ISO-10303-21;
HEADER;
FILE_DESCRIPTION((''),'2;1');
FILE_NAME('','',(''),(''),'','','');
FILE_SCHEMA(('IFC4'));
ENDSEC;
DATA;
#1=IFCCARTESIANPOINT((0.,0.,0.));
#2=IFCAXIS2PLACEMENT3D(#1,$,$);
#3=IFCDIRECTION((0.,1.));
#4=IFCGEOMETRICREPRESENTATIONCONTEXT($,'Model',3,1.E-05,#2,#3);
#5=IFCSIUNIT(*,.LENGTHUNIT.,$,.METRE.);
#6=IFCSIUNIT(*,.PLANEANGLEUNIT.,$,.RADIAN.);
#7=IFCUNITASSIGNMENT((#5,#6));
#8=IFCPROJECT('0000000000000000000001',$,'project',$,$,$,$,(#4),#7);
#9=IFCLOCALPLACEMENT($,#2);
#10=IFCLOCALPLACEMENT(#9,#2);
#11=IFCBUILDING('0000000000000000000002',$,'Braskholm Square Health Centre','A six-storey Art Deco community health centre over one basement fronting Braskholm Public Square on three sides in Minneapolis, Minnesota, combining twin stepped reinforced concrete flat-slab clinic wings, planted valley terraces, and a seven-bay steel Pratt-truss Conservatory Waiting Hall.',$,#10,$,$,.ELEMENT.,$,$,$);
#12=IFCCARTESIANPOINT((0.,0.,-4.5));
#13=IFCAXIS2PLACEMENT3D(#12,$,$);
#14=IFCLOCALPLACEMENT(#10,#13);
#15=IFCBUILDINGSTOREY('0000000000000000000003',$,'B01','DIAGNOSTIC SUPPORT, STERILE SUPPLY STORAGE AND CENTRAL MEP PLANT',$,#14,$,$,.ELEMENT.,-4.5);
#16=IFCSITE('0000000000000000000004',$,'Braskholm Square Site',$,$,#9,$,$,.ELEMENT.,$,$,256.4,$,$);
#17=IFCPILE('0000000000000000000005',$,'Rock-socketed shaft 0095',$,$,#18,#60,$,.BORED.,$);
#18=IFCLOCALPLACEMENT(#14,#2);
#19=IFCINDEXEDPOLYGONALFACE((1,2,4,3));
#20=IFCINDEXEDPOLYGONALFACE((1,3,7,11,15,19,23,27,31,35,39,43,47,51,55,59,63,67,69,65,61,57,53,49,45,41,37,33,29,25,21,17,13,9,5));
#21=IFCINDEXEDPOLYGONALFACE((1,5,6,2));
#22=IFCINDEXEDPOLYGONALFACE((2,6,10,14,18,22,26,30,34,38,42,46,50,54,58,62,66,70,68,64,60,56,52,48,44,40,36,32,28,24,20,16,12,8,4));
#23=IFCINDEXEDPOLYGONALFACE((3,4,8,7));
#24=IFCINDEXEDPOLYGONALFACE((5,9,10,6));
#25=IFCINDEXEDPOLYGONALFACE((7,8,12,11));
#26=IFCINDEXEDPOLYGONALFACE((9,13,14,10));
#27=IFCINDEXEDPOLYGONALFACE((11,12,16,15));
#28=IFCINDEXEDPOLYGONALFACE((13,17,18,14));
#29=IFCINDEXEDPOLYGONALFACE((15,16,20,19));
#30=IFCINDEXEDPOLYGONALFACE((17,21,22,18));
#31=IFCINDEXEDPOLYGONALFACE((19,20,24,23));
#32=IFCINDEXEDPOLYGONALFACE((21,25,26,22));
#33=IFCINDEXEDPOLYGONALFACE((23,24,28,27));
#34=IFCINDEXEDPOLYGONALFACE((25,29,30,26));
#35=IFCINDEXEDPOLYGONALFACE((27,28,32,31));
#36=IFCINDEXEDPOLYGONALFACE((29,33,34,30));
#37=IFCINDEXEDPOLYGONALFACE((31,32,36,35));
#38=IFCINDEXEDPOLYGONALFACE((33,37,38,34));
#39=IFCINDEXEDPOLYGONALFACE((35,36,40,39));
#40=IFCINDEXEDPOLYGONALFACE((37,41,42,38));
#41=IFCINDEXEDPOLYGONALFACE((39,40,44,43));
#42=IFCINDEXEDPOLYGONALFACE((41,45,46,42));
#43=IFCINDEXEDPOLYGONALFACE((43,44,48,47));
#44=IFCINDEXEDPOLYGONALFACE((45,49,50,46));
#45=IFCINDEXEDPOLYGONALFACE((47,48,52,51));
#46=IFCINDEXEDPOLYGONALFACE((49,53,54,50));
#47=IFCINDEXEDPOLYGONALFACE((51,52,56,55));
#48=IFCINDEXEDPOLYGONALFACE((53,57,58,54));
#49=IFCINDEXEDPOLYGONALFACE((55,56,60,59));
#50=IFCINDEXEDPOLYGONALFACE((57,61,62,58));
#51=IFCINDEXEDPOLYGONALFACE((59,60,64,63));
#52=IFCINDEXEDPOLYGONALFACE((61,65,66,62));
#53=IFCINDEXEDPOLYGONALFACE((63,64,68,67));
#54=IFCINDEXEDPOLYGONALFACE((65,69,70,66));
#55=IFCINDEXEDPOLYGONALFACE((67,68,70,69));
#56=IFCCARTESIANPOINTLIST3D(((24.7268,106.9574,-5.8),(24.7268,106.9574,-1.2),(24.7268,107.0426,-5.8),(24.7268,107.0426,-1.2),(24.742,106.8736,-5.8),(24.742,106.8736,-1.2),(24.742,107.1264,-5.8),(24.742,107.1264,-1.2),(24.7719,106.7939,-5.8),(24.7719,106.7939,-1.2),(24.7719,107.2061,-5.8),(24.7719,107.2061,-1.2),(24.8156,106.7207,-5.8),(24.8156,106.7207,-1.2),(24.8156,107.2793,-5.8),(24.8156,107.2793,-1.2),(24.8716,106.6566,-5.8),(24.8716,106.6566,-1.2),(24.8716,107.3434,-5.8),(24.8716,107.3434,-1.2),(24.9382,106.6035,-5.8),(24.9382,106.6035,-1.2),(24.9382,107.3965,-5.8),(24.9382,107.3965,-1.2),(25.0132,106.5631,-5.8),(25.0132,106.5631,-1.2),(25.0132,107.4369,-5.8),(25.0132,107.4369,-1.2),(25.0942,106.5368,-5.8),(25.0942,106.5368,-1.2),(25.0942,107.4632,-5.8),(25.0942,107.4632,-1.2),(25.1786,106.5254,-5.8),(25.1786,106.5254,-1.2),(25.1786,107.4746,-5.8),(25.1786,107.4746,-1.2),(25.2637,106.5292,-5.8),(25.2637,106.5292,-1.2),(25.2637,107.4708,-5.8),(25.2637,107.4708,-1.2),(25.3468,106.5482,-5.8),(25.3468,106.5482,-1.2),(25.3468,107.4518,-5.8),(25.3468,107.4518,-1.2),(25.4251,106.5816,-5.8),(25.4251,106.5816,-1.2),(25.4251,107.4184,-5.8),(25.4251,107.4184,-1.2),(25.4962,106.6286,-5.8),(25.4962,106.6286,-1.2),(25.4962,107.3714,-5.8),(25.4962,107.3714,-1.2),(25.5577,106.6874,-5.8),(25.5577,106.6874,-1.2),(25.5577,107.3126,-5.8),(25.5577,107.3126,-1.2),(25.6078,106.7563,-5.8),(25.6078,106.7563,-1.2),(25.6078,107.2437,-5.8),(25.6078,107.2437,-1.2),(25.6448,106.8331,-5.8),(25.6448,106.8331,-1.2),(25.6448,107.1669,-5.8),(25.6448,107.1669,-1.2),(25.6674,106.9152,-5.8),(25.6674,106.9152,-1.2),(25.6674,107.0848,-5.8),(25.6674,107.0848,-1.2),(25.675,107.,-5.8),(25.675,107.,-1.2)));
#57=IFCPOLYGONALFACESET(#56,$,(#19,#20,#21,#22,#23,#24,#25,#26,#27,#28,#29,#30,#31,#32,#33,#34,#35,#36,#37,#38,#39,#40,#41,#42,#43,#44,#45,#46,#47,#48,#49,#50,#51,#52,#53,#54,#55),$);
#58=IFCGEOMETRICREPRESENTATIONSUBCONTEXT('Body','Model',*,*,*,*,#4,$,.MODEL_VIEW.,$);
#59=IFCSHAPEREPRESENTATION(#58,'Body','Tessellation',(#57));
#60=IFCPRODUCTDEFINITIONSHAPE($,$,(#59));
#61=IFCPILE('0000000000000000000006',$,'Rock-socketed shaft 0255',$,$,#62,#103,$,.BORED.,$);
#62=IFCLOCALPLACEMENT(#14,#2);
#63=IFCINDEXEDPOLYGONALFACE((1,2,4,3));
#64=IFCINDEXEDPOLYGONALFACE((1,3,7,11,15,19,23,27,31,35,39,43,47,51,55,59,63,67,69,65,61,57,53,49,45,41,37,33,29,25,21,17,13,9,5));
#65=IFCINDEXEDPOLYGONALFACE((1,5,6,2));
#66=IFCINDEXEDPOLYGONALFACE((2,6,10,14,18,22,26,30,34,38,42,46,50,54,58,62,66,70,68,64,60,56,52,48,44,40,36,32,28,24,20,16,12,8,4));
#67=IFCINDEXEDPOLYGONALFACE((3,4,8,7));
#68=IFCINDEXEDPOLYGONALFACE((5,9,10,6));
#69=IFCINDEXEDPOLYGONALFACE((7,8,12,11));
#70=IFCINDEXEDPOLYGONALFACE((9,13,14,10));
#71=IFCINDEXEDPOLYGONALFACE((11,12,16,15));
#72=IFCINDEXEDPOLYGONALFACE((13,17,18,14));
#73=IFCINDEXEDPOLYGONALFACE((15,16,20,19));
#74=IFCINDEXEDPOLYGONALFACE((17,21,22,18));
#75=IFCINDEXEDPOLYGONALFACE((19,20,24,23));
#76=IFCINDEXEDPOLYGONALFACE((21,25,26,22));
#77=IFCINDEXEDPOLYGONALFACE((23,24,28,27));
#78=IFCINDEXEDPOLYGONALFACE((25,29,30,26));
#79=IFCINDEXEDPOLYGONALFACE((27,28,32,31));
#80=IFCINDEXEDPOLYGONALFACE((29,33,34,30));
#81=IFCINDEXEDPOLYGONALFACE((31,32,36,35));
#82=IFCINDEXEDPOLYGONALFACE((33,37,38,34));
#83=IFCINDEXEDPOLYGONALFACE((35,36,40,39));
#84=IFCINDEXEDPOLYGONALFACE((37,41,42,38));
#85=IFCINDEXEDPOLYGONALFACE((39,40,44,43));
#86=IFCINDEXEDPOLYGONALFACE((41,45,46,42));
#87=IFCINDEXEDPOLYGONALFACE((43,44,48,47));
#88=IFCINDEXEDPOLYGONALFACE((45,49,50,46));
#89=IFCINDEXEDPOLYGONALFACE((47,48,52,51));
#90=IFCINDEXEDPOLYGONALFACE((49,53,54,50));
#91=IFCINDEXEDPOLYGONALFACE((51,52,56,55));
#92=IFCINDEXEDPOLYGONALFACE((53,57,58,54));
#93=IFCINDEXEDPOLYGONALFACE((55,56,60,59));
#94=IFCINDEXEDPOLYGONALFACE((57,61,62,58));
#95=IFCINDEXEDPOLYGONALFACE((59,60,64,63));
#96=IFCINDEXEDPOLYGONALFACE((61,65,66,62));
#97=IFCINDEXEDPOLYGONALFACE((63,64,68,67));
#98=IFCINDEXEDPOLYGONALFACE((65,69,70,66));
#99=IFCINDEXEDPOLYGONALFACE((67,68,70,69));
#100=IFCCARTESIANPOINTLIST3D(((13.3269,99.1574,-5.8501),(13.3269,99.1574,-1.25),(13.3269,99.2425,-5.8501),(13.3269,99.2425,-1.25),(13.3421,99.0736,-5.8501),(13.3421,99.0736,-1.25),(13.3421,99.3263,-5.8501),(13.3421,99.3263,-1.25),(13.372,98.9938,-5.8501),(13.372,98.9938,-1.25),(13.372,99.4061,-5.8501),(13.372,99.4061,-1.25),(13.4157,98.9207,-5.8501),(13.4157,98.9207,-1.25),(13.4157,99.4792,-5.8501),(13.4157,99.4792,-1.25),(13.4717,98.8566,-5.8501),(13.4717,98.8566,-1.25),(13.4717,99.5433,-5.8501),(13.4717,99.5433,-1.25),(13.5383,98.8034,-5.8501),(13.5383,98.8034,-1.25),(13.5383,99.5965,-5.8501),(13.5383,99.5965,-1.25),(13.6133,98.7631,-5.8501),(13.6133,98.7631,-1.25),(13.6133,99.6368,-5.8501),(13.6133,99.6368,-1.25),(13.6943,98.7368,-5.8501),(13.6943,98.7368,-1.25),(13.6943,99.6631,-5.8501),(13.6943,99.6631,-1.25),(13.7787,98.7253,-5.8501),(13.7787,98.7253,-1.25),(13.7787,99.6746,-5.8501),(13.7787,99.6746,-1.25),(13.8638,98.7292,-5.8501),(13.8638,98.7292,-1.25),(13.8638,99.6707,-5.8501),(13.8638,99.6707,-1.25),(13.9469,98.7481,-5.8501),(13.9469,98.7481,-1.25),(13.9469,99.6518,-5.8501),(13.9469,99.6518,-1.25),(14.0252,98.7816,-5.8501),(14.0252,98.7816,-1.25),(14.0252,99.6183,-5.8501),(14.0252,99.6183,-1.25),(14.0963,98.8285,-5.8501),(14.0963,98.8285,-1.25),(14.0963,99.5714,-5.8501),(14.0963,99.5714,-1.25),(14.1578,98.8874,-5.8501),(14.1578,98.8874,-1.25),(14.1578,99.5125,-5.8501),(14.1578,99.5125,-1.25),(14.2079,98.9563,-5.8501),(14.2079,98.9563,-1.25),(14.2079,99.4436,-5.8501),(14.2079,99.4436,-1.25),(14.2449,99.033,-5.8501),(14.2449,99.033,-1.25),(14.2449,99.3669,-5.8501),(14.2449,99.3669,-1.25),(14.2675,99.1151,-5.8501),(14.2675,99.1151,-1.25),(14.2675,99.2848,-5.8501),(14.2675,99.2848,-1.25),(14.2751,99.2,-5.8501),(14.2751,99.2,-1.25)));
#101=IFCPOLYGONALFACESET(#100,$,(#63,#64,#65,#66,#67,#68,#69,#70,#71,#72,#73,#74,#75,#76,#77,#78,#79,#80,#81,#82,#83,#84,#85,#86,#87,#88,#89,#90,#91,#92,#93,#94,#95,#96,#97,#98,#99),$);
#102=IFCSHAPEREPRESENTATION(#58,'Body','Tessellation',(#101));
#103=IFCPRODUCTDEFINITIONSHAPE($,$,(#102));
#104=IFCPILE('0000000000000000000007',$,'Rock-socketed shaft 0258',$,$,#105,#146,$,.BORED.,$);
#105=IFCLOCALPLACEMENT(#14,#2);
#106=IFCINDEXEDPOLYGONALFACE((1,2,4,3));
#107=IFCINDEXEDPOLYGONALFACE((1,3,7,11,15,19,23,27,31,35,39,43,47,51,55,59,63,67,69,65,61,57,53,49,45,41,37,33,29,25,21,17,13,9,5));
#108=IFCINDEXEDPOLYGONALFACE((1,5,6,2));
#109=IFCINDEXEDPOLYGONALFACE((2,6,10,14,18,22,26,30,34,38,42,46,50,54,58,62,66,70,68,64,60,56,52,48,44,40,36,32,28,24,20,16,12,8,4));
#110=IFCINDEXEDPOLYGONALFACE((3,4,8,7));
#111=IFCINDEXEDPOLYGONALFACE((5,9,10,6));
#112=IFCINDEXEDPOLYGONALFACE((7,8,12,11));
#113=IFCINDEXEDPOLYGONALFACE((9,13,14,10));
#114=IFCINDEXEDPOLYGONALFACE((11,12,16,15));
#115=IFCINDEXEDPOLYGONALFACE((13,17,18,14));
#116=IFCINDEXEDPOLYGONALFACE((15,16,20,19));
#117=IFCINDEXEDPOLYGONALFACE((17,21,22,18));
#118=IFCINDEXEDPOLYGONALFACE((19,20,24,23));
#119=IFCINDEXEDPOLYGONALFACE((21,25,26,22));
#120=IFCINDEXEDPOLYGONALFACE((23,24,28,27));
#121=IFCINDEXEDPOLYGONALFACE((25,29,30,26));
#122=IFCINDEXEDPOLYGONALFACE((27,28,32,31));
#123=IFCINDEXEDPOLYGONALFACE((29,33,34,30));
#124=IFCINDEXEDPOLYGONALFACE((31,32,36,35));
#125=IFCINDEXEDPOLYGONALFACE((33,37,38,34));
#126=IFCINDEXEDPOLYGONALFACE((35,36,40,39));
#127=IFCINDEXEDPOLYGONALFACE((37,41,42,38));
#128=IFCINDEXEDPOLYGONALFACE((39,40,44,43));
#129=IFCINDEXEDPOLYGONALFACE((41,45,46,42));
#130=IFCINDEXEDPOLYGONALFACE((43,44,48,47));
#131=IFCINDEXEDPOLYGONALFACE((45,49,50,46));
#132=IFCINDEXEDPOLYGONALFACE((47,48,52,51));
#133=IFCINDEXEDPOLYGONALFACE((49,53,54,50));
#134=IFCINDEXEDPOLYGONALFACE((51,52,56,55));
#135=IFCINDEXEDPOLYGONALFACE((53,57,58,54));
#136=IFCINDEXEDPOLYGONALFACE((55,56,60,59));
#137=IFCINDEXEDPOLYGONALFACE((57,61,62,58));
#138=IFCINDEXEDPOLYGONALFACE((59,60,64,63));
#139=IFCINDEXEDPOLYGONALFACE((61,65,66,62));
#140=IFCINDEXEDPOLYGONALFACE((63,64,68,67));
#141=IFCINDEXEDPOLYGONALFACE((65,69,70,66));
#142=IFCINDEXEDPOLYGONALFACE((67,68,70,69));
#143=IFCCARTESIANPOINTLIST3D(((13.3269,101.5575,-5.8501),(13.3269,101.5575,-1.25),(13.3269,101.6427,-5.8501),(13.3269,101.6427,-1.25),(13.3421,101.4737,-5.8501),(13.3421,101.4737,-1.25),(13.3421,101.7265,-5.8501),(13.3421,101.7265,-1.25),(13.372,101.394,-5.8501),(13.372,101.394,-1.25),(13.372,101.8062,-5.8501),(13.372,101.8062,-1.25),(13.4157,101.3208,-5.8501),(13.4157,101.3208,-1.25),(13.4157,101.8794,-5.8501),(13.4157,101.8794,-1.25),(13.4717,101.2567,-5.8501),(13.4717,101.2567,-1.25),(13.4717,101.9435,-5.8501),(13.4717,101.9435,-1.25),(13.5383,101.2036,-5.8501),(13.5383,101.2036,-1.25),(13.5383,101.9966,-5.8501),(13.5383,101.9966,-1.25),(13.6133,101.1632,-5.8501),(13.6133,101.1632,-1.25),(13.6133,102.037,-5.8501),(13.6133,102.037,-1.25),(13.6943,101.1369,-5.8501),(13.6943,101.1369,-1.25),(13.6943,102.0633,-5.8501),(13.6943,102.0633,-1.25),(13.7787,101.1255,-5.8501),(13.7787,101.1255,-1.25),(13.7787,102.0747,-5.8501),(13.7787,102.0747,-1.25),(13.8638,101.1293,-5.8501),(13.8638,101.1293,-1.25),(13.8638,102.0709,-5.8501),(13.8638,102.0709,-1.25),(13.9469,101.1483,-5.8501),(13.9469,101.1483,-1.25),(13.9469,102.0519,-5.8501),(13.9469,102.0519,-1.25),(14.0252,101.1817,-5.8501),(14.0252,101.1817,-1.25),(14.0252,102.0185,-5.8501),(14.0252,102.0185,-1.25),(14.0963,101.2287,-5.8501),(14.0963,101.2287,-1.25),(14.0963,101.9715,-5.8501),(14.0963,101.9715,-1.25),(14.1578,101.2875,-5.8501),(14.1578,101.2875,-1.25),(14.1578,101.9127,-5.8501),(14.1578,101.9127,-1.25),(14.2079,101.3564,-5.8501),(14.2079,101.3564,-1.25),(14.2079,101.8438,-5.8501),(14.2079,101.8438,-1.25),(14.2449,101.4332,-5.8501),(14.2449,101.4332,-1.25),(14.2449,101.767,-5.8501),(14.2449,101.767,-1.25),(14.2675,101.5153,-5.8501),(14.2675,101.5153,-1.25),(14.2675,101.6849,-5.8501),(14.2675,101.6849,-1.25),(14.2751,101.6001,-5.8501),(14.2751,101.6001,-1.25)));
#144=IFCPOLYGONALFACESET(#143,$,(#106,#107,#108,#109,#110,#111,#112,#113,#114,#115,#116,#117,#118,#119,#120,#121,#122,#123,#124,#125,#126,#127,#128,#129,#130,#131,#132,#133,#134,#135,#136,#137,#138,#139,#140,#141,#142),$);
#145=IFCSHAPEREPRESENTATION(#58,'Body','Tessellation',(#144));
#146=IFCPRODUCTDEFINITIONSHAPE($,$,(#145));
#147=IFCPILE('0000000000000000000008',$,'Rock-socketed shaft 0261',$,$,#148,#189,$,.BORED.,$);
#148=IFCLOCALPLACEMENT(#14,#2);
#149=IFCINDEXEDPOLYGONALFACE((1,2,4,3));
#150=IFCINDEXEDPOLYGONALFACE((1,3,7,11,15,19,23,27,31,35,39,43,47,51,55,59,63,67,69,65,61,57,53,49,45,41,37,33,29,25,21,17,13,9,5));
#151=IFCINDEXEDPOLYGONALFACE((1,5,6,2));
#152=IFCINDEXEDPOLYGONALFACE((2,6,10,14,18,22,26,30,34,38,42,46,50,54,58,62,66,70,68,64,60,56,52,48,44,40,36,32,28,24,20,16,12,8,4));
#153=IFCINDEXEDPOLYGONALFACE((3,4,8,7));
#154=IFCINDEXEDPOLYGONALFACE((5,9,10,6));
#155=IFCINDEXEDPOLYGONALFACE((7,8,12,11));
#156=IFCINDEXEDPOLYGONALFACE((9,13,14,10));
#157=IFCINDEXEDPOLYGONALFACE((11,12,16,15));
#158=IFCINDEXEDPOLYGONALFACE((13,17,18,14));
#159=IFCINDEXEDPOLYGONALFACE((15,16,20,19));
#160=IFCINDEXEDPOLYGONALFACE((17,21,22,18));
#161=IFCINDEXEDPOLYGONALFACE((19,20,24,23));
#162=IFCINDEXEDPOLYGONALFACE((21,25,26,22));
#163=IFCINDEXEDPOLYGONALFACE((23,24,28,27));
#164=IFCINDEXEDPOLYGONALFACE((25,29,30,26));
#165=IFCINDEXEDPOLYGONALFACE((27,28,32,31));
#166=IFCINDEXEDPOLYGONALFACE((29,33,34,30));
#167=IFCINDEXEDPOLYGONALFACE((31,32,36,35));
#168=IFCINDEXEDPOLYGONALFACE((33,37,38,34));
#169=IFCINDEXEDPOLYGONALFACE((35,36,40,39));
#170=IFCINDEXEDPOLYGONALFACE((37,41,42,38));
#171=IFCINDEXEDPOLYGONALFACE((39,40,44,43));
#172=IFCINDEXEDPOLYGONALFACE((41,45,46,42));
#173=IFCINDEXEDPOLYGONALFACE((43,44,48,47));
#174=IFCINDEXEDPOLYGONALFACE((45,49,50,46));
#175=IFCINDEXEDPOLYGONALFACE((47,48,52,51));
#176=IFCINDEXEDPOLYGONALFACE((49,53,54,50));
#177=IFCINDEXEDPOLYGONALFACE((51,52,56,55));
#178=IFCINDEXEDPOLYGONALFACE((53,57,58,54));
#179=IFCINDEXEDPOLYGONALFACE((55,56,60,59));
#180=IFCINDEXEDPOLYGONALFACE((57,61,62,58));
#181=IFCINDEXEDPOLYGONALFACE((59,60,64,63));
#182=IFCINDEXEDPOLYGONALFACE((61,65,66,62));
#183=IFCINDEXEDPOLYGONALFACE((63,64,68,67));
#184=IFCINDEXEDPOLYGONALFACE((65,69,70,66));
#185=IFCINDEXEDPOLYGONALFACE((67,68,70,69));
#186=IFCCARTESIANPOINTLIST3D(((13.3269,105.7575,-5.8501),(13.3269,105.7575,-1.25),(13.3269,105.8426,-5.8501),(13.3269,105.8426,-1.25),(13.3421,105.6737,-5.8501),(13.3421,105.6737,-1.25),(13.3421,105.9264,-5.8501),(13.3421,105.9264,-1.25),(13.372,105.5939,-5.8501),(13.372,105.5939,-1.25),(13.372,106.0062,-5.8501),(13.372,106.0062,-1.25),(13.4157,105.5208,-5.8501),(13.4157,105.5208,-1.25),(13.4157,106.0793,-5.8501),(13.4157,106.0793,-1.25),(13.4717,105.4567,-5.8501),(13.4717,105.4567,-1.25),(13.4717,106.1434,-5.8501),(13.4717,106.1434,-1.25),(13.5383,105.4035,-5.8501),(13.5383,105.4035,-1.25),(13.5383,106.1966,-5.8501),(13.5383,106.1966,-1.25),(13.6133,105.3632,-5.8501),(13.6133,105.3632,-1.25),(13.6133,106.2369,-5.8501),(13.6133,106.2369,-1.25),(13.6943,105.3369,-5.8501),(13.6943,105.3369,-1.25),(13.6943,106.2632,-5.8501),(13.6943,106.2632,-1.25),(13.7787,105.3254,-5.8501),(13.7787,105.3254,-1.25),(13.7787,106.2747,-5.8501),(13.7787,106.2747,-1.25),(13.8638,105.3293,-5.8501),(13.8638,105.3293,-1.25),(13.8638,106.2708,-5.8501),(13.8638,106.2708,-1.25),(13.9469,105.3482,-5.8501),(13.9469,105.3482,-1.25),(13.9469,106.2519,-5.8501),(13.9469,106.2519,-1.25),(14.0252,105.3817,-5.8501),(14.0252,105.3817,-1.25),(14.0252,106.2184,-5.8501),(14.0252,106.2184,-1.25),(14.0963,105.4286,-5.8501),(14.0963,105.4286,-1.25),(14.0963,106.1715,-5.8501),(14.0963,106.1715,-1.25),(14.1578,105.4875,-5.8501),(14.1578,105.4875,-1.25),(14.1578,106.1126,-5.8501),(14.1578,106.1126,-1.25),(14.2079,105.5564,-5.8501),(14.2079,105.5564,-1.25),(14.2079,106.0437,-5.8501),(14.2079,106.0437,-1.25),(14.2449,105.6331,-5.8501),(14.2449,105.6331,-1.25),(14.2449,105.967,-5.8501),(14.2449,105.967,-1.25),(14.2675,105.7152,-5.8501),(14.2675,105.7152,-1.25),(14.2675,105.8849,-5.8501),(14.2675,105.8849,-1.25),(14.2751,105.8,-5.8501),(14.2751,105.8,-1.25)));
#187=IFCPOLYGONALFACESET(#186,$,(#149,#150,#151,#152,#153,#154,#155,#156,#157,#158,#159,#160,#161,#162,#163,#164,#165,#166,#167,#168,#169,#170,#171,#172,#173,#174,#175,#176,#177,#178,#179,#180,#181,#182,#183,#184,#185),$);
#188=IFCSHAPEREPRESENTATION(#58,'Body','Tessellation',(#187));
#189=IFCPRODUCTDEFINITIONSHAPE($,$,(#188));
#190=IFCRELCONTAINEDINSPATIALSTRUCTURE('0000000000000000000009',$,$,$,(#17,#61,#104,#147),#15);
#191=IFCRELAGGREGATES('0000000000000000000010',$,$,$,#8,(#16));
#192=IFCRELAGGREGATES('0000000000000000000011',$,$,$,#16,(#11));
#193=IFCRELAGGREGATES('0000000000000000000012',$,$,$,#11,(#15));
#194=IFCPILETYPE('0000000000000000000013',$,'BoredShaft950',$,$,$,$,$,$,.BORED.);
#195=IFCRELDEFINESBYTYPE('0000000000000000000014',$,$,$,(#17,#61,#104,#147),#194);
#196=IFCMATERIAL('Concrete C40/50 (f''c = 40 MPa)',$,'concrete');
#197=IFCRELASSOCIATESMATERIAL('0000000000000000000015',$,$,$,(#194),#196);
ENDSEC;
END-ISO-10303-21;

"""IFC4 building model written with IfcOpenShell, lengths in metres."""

from ifc_helpers import new_model, si_unit, direction, frame, origin, origin_2d, place, context, subcontext, project, spatial, circle, extrude, material, material_profile, profile_set, type_object, element, save


model = new_model("IFC4")

# Units and contexts
model_context = context("Model", 3, precision=1e-05, world=origin(), true_north=direction((0.0, 1.0)))
body_context = subcontext(model_context, "Body", "Model", "MODEL_VIEW")
ifc_project = project(units=[si_unit("LENGTHUNIT", "METRE"), si_unit("PLANEANGLEUNIT", "RADIAN")], contexts=[model_context])

# Site, building, storey
site_placement = place(None, origin())
site = spatial("IfcSite", under=ifc_project, at=site_placement, Name="Braskholm Square Site", CompositionType="ELEMENT", RefElevation=256.4)
building_placement = place(site_placement, origin())
building = spatial("IfcBuilding", under=site, at=building_placement, Name="Braskholm Square Health Centre", Description="A six-storey Art Deco community health centre over one basement fronting Braskholm Public Square on three sides in Minneapolis, Minnesota, combining twin stepped reinforced concrete flat-slab clinic wings, planted valley terraces, and a seven-bay steel Pratt-truss Conservatory Waiting Hall.", CompositionType="ELEMENT")
storey_placement = place(building_placement, frame((0.0, 0.0, -4.5)))
storey = spatial("IfcBuildingStorey", under=building, at=storey_placement, Name="B01", Description="DIAGNOSTIC SUPPORT, STERILE SUPPLY STORAGE AND CENTRAL MEP PLANT", CompositionType="ELEMENT", Elevation=-4.5)

# Piles
ifc_material_1 = material(Name="Concrete C40/50 (f'c = 40 MPa)", Category="concrete")
ifc_material_profile_1 = material_profile(ifc_material_1, circle(Radius=0.4751, at=origin_2d()), Name="BORED-PILE-950")
ifc_profile_set_1 = profile_set([ifc_material_profile_1], Name="Concrete C40/50 (f'c = 40 MPa)")
pile_type_1 = type_object("IfcPileType", Name="BoredShaft950", PredefinedType="BORED", material=ifc_profile_set_1)
for number, where, z_axis, x_axis, name in (
    (1, (25.2, 107.0, -1.2), (0.0, 0.0, -1.0), (1.0, 0.0, 0.0), "Rock-socketed shaft 0095"),
    (2, (13.8, 99.2, -1.25), (0.0, 0.0, -1.0), (1.0, 0.0, 0.0), "Rock-socketed shaft 0255"),
    (3, (13.8, 101.6001, -1.25), (0.0, 0.0, -1.0), (1.0, 0.0, 0.0), "Rock-socketed shaft 0258"),
    (4, (13.8, 105.8, -1.25), (0.0, 0.0, -1.0), (1.0, 0.0, 0.0), "Rock-socketed shaft 0261"),
):
    element("IfcPile", number, at=place(storey_placement, frame(where, z_axis=z_axis, x_axis=x_axis)), inside=storey, type_object=pile_type_1, Name=name, PredefinedType="BORED", context=body_context, shape_type="SweptSolid", body=[
        extrude(circle(Radius=0.4751, at=origin_2d()), origin(), (0.0, 0.0, 1.0), 4.6001),
    ])

save(model, "model.ifc")
